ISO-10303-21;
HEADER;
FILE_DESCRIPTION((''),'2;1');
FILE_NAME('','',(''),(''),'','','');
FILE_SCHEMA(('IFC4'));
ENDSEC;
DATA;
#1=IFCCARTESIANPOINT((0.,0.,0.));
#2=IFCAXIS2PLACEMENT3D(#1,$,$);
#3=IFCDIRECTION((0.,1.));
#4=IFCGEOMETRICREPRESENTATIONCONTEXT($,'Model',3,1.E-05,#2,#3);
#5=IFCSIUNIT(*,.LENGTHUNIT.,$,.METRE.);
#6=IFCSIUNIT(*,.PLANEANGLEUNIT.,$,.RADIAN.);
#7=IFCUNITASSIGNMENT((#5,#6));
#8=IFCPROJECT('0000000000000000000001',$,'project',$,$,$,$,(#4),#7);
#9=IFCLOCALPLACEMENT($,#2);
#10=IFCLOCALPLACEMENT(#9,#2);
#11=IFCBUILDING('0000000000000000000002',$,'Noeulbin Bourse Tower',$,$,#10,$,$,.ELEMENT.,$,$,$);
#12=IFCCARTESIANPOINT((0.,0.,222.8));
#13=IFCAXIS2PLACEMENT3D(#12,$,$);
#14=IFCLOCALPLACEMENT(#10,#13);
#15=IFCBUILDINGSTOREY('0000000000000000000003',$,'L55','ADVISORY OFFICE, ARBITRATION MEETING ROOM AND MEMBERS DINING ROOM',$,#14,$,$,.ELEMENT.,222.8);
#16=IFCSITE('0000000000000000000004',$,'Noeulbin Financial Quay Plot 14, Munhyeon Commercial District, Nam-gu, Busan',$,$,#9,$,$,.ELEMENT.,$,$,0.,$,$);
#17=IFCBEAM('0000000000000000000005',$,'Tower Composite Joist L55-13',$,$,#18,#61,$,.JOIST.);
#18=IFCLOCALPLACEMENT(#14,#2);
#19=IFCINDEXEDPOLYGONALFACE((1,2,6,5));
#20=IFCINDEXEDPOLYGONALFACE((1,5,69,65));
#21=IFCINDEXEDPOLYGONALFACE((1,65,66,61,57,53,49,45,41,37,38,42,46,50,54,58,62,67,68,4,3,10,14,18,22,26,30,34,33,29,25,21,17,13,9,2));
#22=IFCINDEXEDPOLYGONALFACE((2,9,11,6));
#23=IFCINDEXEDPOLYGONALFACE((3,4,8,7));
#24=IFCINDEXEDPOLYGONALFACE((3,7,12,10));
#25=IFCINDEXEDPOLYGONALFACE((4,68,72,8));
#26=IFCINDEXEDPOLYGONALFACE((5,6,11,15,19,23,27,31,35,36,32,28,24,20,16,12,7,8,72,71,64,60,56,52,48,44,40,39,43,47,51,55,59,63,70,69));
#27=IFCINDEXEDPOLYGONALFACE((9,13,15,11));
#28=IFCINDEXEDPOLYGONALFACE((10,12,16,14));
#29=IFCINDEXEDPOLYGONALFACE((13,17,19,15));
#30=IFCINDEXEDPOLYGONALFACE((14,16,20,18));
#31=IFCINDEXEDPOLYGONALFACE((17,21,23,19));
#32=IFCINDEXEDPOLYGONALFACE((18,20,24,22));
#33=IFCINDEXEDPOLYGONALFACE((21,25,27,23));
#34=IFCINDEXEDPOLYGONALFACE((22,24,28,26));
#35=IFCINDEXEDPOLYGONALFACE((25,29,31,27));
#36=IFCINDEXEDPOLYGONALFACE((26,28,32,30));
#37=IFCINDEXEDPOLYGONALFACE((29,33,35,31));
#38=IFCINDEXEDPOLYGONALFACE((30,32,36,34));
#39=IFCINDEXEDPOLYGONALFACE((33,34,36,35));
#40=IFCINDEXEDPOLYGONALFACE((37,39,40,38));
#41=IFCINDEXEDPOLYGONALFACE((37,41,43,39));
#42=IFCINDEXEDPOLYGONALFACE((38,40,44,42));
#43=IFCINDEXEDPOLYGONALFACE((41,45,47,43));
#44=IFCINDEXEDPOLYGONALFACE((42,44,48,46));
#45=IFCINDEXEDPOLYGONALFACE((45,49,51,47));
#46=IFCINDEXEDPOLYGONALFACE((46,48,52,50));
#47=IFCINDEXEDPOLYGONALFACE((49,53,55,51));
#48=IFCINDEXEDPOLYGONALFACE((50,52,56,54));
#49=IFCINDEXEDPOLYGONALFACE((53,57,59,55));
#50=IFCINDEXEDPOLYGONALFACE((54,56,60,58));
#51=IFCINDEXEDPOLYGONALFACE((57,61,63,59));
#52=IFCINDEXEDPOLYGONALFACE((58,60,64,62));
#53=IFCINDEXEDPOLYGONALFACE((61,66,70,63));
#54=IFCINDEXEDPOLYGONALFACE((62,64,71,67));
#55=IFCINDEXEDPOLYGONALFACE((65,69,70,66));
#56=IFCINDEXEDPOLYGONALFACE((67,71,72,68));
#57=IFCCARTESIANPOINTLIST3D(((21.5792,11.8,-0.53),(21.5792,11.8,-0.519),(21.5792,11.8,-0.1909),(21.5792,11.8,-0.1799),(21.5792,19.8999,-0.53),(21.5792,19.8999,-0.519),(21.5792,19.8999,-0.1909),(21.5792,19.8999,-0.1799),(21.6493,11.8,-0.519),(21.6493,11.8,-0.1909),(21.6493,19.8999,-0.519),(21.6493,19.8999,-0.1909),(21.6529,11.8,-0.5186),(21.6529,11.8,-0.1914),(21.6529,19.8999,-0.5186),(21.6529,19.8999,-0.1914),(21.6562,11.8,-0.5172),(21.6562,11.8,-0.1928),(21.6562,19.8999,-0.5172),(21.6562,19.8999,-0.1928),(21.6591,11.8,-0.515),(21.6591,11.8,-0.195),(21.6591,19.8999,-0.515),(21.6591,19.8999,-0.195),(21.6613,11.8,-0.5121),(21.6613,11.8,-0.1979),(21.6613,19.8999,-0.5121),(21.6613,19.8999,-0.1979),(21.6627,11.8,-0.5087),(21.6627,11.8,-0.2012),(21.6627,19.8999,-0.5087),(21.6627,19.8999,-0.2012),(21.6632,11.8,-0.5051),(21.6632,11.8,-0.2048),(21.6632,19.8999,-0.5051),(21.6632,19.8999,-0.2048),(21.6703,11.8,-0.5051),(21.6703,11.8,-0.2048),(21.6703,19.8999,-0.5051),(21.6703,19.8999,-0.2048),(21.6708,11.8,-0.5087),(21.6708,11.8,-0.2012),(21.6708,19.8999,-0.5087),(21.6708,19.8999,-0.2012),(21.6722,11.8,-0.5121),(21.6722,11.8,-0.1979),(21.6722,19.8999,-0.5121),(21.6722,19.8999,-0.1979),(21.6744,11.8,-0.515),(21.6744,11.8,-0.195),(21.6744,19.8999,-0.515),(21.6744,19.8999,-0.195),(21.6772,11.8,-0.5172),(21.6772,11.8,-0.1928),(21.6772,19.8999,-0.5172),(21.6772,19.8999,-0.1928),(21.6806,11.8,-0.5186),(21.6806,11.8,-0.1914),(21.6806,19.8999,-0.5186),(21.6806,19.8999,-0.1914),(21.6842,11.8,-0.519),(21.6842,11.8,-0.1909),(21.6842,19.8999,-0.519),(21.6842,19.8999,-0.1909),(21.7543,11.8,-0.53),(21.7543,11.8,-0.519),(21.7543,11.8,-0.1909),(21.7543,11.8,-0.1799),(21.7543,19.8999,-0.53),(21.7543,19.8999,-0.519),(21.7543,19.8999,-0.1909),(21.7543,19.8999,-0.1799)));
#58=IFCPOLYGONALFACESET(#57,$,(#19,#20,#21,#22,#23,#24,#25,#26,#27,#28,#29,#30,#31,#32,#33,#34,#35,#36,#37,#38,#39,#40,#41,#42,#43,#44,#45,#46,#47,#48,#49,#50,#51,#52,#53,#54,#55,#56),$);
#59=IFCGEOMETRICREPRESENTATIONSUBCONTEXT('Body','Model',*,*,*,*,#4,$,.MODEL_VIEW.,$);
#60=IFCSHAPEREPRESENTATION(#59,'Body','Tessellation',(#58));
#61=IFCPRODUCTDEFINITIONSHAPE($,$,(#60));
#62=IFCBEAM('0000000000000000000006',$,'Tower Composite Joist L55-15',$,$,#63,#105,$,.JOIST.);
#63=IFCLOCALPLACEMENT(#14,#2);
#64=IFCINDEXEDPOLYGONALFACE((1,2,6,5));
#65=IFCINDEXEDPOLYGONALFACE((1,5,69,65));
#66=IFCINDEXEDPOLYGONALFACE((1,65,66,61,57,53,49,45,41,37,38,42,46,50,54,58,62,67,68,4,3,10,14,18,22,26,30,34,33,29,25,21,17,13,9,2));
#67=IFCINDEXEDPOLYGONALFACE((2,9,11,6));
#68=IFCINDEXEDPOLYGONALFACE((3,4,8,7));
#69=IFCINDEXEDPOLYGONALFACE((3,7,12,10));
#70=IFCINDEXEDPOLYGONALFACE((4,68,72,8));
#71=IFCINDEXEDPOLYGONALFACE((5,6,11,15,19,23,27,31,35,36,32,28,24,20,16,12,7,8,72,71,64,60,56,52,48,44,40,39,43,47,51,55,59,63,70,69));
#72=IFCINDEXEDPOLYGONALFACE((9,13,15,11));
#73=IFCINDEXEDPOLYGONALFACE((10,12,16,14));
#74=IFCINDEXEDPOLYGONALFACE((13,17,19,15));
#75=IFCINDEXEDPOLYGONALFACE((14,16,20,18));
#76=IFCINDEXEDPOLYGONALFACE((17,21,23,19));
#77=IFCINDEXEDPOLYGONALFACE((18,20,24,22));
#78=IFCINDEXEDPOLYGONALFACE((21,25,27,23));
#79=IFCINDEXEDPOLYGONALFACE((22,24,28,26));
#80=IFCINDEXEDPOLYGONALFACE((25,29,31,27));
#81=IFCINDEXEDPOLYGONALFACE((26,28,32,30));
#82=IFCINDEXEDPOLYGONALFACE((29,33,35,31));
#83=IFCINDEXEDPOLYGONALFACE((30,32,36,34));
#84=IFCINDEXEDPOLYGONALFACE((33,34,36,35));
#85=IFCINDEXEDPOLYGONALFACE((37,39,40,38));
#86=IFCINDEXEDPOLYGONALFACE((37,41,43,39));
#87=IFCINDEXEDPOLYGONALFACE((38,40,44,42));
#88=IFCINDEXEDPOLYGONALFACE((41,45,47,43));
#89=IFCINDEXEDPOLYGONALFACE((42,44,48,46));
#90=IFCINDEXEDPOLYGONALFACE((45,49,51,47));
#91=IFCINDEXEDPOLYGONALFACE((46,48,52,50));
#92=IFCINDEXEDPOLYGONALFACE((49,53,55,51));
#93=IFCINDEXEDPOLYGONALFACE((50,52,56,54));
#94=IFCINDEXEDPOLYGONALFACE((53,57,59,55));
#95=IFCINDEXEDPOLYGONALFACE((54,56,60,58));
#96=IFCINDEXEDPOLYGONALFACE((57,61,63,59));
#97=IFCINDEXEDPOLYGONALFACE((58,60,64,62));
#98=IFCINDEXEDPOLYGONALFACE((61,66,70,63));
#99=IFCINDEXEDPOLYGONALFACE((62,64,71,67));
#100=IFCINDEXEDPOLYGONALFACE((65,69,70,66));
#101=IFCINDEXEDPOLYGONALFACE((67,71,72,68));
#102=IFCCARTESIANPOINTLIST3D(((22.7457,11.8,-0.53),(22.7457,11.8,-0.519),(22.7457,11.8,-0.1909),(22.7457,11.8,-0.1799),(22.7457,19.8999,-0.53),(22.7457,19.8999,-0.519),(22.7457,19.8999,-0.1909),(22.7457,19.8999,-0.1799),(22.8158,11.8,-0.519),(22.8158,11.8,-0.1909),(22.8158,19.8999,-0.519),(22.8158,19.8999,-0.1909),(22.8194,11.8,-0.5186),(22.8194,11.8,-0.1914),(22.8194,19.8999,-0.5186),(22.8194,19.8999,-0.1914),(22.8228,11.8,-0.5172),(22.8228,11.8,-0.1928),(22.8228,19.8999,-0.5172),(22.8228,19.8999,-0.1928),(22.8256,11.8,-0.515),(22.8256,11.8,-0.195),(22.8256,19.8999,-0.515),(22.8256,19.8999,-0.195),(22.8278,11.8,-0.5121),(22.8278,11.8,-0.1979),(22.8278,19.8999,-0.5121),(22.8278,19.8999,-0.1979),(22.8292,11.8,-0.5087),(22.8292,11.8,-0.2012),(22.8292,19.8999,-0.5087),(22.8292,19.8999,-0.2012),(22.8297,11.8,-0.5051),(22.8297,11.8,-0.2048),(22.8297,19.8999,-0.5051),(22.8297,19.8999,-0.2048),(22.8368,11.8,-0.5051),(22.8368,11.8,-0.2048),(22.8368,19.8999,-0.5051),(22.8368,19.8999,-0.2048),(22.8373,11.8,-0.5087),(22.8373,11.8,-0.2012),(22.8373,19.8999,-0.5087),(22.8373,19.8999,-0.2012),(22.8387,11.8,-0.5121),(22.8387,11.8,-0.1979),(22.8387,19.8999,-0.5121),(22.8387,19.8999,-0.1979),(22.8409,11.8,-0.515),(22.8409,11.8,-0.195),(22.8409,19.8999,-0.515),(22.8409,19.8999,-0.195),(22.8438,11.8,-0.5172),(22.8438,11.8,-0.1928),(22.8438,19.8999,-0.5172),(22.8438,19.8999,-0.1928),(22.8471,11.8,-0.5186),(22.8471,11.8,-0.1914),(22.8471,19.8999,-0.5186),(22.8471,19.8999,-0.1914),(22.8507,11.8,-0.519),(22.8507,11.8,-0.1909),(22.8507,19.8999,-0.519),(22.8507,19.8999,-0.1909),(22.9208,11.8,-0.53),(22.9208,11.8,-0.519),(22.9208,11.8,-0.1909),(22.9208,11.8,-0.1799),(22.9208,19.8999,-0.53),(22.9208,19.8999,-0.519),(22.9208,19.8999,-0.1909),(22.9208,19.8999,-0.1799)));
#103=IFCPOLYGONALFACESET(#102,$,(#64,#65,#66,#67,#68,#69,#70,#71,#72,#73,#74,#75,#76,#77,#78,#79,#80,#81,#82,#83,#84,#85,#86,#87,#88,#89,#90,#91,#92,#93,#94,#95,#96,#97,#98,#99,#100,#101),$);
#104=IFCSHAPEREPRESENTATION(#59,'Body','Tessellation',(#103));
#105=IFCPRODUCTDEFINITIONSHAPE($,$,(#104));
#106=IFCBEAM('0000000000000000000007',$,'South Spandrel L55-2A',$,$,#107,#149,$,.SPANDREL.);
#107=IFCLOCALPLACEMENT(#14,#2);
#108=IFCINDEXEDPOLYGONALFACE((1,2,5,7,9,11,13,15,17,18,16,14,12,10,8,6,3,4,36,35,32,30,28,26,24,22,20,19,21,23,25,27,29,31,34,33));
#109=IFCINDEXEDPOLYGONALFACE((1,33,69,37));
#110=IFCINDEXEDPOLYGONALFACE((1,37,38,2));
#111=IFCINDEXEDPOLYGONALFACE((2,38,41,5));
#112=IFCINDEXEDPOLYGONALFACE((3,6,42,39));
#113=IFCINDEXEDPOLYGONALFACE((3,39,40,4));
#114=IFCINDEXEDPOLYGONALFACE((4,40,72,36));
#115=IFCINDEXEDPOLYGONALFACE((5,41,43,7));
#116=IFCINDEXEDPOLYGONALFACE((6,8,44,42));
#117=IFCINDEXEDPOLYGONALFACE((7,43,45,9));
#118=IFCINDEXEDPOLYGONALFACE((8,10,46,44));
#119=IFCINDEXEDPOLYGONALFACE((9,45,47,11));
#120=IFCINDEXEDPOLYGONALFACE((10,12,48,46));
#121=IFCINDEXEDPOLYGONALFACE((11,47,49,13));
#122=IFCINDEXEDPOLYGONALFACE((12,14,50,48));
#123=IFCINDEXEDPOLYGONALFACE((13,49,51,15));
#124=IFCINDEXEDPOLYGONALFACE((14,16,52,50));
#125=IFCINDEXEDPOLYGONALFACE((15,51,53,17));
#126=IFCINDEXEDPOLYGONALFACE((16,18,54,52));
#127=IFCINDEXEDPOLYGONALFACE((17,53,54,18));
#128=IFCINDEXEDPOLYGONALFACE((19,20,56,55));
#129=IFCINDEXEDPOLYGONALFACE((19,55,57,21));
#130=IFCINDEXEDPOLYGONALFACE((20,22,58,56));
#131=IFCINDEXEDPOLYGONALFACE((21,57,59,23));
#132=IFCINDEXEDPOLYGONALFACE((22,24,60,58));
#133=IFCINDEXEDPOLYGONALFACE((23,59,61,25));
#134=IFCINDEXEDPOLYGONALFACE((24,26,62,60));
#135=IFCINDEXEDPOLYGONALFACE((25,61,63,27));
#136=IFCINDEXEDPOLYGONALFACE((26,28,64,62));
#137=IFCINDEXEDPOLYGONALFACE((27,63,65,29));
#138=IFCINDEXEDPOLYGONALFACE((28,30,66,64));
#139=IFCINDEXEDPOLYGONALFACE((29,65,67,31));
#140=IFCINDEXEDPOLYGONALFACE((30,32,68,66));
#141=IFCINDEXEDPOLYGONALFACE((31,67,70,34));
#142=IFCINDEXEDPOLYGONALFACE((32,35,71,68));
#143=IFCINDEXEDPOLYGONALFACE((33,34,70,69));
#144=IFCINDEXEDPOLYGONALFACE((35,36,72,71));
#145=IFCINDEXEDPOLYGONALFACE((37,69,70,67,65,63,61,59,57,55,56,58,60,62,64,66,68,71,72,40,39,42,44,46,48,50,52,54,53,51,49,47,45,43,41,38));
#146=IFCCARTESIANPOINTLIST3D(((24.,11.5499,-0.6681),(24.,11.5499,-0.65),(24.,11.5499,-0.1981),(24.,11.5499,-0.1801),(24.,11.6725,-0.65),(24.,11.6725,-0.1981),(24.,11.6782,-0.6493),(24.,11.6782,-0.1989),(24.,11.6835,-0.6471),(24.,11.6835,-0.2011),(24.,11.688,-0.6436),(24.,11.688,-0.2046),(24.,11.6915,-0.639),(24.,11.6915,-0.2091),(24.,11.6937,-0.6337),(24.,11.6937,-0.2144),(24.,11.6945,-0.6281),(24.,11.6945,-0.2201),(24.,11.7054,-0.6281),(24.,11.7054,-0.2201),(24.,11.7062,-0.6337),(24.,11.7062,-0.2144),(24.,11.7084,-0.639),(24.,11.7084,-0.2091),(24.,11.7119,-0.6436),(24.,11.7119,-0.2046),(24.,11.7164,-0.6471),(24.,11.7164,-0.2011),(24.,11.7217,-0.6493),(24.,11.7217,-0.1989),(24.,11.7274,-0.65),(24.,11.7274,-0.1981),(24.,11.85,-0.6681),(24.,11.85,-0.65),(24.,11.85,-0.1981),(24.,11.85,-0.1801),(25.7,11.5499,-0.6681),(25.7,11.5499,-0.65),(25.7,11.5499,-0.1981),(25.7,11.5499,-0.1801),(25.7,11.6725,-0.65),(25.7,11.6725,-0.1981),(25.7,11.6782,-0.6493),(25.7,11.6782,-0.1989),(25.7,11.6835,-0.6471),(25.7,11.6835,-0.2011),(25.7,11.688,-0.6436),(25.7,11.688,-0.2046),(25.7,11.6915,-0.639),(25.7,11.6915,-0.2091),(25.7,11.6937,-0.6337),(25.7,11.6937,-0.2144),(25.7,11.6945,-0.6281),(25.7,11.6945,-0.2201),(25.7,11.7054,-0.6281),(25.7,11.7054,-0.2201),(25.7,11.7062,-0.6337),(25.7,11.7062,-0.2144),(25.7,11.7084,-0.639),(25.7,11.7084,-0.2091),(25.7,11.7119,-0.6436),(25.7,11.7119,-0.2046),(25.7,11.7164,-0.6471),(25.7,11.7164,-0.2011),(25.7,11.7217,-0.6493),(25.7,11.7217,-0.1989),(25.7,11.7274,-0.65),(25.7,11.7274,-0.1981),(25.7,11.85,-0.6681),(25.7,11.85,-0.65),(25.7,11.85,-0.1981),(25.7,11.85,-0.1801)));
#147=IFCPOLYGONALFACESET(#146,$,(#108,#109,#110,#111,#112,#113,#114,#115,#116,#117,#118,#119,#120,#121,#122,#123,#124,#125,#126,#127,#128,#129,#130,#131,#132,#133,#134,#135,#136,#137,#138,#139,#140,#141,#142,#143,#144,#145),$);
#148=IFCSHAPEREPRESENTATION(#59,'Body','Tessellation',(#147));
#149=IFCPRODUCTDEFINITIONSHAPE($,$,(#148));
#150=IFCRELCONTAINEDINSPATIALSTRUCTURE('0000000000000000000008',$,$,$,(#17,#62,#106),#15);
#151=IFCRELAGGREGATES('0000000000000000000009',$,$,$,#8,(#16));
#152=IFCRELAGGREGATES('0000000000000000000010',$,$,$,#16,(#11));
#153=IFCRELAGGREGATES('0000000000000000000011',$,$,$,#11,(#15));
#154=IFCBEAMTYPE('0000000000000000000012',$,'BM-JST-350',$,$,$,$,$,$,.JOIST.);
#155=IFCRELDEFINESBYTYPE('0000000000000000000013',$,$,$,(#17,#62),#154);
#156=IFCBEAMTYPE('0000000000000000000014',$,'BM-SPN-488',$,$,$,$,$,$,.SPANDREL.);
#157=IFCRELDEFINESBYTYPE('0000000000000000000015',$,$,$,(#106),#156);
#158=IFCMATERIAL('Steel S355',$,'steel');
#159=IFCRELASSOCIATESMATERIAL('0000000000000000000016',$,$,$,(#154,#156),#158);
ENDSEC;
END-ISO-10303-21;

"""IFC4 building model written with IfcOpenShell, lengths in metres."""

from ifc_helpers import new_model, si_unit, direction, frame, origin, origin_2d, place, context, subcontext, project, spatial, i_section, extrude, material, material_profile, profile_set, type_object, element, save


model = new_model("IFC4")

# Units and contexts
model_context = context("Model", 3, precision=1e-05, world=origin(), true_north=direction((0.0, 1.0)))
body_context = subcontext(model_context, "Body", "Model", "MODEL_VIEW")
ifc_project = project(units=[si_unit("LENGTHUNIT", "METRE"), si_unit("PLANEANGLEUNIT", "RADIAN")], contexts=[model_context])

# Site, building, storey
site_placement = place(None, origin())
site = spatial("IfcSite", under=ifc_project, at=site_placement, Name="Noeulbin Financial Quay Plot 14, Munhyeon Commercial District, Nam-gu, Busan", CompositionType="ELEMENT", RefElevation=0.0)
building_placement = place(site_placement, origin())
building = spatial("IfcBuilding", under=site, at=building_placement, Name="Noeulbin Bourse Tower", CompositionType="ELEMENT")
storey_placement = place(building_placement, frame((0.0, 0.0, 222.8)))
storey = spatial("IfcBuildingStorey", under=building, at=storey_placement, Name="L55", Description="ADVISORY OFFICE, ARBITRATION MEETING ROOM AND MEMBERS DINING ROOM", CompositionType="ELEMENT", Elevation=222.8)

# Shared definitions
ifc_material_1 = material(Name="Steel S355", Category="steel")

# Beams
ifc_material_profile_1 = material_profile(ifc_material_1, i_section(OverallWidth=0.175, OverallDepth=0.3501, WebThickness=0.0071, FlangeThickness=0.011, FilletRadius=0.0139, at=origin_2d()), Name="H-350x175x7x11", Category="LoadBearing")
ifc_profile_set_1 = profile_set([ifc_material_profile_1], Name="Steel S355")
beam_type_1 = type_object("IfcBeamType", Name="BM-JST-350", PredefinedType="JOIST", material=ifc_profile_set_1)
for number, where, z_axis, x_axis, name in (
    (1, (21.6667, 11.8, -0.355), (0.0, 1.0, 0.0), (-1.0, 0.0, 0.0), "Tower Composite Joist L55-13"),
    (2, (22.8333, 11.8, -0.355), (0.0, 1.0, 0.0), (-1.0, 0.0, 0.0), "Tower Composite Joist L55-15"),
):
    element("IfcBeam", number, at=place(storey_placement, frame(where, z_axis=z_axis, x_axis=x_axis)), inside=storey, type_object=beam_type_1, Name=name, PredefinedType="JOIST", context=body_context, shape_type="SweptSolid", body=[
        extrude(i_section(OverallWidth=0.175, OverallDepth=0.3501, WebThickness=0.0071, FlangeThickness=0.011, FilletRadius=0.0139, at=origin_2d()), origin(), (0.0, 0.0, 1.0), 8.0999),
    ])
ifc_material_profile_2 = material_profile(ifc_material_1, i_section(OverallWidth=0.3, OverallDepth=0.488, WebThickness=0.011, FlangeThickness=0.0181, FilletRadius=0.022, at=origin_2d()), Name="H-488x300x11x18", Category="LoadBearing")
ifc_profile_set_2 = profile_set([ifc_material_profile_2], Name="Steel S355")
beam_type_2 = type_object("IfcBeamType", Name="BM-SPN-488", PredefinedType="SPANDREL", material=ifc_profile_set_2)
beam_1_placement = place(storey_placement, frame((24.0, 11.7, -0.4241), z_axis=(1.0, 0.0, 0.0), x_axis=(0.0, 1.0, 0.0)))
element("IfcBeam", 3, at=beam_1_placement, inside=storey, type_object=beam_type_2, Name="South Spandrel L55-2A", PredefinedType="SPANDREL", context=body_context, shape_type="SweptSolid", body=[
    extrude(i_section(OverallWidth=0.3, OverallDepth=0.488, WebThickness=0.011, FlangeThickness=0.0181, FilletRadius=0.022, at=origin_2d()), origin(), (0.0, 0.0, 1.0), 1.7),
])

save(model, "model.ifc")
